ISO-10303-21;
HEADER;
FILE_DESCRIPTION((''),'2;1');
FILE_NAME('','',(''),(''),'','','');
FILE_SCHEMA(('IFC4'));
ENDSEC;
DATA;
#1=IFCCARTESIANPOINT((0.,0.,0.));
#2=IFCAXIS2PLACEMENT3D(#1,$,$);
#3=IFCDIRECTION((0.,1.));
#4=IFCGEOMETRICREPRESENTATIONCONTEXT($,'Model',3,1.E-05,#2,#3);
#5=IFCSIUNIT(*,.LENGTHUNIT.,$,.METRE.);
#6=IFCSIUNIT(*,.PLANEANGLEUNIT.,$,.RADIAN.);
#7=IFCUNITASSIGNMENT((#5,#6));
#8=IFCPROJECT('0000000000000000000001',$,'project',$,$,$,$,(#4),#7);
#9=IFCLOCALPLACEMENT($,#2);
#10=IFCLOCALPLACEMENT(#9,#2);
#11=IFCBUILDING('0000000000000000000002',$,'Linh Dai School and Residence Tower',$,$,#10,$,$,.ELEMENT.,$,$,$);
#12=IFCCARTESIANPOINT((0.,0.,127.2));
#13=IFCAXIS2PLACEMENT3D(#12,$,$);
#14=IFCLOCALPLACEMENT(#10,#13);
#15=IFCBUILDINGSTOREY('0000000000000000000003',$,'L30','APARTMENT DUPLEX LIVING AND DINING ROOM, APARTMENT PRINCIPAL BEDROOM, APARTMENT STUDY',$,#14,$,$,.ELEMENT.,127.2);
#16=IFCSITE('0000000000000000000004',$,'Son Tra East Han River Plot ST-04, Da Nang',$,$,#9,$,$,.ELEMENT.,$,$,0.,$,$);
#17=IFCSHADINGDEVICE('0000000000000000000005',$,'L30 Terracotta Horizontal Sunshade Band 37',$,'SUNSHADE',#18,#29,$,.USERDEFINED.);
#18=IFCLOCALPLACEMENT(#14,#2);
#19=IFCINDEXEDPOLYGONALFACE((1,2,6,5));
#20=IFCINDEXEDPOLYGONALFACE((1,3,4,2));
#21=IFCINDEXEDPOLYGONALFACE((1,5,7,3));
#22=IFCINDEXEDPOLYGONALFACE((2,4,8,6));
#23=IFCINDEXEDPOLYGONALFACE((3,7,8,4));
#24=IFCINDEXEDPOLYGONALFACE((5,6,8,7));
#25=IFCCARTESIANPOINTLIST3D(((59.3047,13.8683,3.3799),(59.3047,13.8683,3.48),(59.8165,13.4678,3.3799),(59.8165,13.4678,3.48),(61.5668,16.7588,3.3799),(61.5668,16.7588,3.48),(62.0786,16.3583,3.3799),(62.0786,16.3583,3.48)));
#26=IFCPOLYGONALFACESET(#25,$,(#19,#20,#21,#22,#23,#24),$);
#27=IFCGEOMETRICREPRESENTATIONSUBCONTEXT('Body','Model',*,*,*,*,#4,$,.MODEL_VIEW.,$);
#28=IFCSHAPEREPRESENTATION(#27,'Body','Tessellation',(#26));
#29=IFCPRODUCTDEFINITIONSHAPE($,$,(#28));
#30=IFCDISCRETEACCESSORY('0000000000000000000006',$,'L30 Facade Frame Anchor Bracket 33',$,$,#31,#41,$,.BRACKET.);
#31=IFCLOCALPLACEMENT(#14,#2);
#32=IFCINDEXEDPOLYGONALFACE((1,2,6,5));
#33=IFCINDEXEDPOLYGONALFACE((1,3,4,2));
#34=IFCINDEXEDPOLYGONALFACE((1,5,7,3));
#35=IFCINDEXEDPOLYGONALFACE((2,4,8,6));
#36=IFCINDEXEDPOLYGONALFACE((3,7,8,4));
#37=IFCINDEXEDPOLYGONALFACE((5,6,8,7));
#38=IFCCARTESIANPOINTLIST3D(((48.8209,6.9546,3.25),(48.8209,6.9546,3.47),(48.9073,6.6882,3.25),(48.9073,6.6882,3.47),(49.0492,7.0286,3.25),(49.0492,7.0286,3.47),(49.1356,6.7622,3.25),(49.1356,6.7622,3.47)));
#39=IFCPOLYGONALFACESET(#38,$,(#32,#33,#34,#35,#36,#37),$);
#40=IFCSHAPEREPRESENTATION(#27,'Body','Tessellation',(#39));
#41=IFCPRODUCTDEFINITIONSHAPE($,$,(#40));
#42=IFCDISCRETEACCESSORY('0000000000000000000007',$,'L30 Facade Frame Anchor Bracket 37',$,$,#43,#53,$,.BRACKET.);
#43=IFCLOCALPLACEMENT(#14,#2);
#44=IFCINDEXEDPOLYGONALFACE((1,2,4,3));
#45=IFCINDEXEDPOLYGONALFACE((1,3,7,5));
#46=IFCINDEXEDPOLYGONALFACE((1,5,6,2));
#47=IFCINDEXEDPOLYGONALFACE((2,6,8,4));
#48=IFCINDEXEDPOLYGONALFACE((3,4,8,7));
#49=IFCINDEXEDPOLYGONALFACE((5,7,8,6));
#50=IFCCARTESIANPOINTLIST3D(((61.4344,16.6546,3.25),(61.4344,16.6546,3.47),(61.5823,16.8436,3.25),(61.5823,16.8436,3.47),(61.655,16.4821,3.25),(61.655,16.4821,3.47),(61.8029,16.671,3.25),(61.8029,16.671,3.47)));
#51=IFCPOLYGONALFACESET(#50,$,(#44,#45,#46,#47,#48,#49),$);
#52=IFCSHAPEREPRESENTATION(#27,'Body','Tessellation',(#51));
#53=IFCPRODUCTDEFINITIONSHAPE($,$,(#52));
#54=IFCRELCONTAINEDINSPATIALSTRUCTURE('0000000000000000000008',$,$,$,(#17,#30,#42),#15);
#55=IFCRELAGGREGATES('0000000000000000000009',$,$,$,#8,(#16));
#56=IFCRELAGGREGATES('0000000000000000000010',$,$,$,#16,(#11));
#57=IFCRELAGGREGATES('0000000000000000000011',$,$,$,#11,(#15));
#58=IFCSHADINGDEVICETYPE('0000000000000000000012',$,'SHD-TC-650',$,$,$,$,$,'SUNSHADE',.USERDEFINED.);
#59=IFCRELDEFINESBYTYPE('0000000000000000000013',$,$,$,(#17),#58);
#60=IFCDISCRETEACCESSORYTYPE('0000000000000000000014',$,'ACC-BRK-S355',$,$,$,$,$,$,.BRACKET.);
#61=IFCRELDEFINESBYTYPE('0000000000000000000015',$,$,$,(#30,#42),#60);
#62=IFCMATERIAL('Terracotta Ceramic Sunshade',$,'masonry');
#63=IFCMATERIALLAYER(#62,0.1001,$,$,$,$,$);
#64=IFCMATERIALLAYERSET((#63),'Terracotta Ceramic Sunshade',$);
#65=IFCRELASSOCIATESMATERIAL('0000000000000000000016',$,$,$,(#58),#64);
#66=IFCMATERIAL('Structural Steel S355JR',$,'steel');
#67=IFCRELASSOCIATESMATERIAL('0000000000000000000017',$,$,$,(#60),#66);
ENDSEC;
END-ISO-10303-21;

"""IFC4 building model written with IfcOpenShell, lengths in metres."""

from ifc_helpers import new_model, si_unit, direction, frame, origin, origin_2d, place, context, subcontext, project, spatial, rectangle, extrude, source, transform, mapped, material, layer, layer_set, type_object, element, save


model = new_model("IFC4")

# Units and contexts
model_context = context("Model", 3, precision=1e-05, world=origin(), true_north=direction((0.0, 1.0)))
body_context = subcontext(model_context, "Body", "Model", "MODEL_VIEW")
ifc_project = project(units=[si_unit("LENGTHUNIT", "METRE"), si_unit("PLANEANGLEUNIT", "RADIAN")], contexts=[model_context])

# Site, building, storey
site_placement = place(None, origin())
site = spatial("IfcSite", under=ifc_project, at=site_placement, Name="Son Tra East Han River Plot ST-04, Da Nang", CompositionType="ELEMENT", RefElevation=0.0)
building_placement = place(site_placement, origin())
building = spatial("IfcBuilding", under=site, at=building_placement, Name="Linh Dai School and Residence Tower", CompositionType="ELEMENT")
storey_placement = place(building_placement, frame((0.0, 0.0, 127.2)))
storey = spatial("IfcBuildingStorey", under=building, at=storey_placement, Name="L30", Description="APARTMENT DUPLEX LIVING AND DINING ROOM, APARTMENT PRINCIPAL BEDROOM, APARTMENT STUDY", CompositionType="ELEMENT", Elevation=127.2)

# Shared definitions
ifc_material_1 = material(Name="Structural Steel S355JR", Category="steel")

# Shading device
ifc_material_2 = material(Name="Terracotta Ceramic Sunshade", Category="masonry")
ifc_layer_1 = layer(ifc_material_2, 0.1001)
ifc_layer_set_1 = layer_set([ifc_layer_1], Name="Terracotta Ceramic Sunshade")
shading_device_type = type_object("IfcShadingDeviceType", Name="SHD-TC-650", ElementType="SUNSHADE", PredefinedType="USERDEFINED", material=ifc_layer_set_1)
shared_shape_1 = source(origin(), body_context, "Body", "SweptSolid", [
    extrude(rectangle(XDim=3.6704, YDim=0.6499, at=origin_2d()), origin(), (0.0, 0.0, 1.0), 0.1001),
])
shading_device_placement = place(storey_placement, frame((60.6917, 15.1133, 3.3799), z_axis=(0.0, 0.0, 1.0), x_axis=(-0.616305, -0.787508, 0.0)))
element("IfcShadingDevice", 1, at=shading_device_placement, inside=storey, type_object=shading_device_type, Name="L30 Terracotta Horizontal Sunshade Band 37", ObjectType="SUNSHADE", PredefinedType="USERDEFINED", context=body_context, shape_type="MappedRepresentation", body=[
    mapped(shared_shape_1, transform((0.0, 0.0, 0.0), x_axis=(1.0, 0.0, 0.0), y_axis=(0.0, 1.0, 0.0), z_axis=(0.0, 0.0, 1.0), scale=1.0)),
])

# Discrete accessories
discrete_accessory_type = type_object("IfcDiscreteAccessoryType", Name="ACC-BRK-S355", PredefinedType="BRACKET", material=ifc_material_1)
shared_shape_2 = source(origin(), body_context, "Body", "SweptSolid", [
    extrude(rectangle(XDim=0.28, YDim=0.24, at=origin_2d()), origin(), (0.0, 0.0, 1.0), 0.22),
])
for number, where, z_axis, x_axis, name in (
    (2, (48.9783, 6.8584, 3.25), (0.0, 0.0, 1.0), (0.308522, -0.951217, 0.0), "L30 Facade Frame Anchor Bracket 33"),
    (3, (61.6187, 16.6628, 3.25), (0.0, 0.0, 1.0), (0.787508, -0.616305, 0.0), "L30 Facade Frame Anchor Bracket 37"),
):
    element("IfcDiscreteAccessory", number, at=place(storey_placement, frame(where, z_axis=z_axis, x_axis=x_axis)), inside=storey, type_object=discrete_accessory_type, Name=name, PredefinedType="BRACKET", context=body_context, shape_type="MappedRepresentation", body=[
        mapped(shared_shape_2, transform((0.0, 0.0, 0.0), x_axis=(1.0, 0.0, 0.0), y_axis=(0.0, 1.0, 0.0), z_axis=(0.0, 0.0, 1.0), scale=1.0)),
    ])

save(model, "model.ifc")
